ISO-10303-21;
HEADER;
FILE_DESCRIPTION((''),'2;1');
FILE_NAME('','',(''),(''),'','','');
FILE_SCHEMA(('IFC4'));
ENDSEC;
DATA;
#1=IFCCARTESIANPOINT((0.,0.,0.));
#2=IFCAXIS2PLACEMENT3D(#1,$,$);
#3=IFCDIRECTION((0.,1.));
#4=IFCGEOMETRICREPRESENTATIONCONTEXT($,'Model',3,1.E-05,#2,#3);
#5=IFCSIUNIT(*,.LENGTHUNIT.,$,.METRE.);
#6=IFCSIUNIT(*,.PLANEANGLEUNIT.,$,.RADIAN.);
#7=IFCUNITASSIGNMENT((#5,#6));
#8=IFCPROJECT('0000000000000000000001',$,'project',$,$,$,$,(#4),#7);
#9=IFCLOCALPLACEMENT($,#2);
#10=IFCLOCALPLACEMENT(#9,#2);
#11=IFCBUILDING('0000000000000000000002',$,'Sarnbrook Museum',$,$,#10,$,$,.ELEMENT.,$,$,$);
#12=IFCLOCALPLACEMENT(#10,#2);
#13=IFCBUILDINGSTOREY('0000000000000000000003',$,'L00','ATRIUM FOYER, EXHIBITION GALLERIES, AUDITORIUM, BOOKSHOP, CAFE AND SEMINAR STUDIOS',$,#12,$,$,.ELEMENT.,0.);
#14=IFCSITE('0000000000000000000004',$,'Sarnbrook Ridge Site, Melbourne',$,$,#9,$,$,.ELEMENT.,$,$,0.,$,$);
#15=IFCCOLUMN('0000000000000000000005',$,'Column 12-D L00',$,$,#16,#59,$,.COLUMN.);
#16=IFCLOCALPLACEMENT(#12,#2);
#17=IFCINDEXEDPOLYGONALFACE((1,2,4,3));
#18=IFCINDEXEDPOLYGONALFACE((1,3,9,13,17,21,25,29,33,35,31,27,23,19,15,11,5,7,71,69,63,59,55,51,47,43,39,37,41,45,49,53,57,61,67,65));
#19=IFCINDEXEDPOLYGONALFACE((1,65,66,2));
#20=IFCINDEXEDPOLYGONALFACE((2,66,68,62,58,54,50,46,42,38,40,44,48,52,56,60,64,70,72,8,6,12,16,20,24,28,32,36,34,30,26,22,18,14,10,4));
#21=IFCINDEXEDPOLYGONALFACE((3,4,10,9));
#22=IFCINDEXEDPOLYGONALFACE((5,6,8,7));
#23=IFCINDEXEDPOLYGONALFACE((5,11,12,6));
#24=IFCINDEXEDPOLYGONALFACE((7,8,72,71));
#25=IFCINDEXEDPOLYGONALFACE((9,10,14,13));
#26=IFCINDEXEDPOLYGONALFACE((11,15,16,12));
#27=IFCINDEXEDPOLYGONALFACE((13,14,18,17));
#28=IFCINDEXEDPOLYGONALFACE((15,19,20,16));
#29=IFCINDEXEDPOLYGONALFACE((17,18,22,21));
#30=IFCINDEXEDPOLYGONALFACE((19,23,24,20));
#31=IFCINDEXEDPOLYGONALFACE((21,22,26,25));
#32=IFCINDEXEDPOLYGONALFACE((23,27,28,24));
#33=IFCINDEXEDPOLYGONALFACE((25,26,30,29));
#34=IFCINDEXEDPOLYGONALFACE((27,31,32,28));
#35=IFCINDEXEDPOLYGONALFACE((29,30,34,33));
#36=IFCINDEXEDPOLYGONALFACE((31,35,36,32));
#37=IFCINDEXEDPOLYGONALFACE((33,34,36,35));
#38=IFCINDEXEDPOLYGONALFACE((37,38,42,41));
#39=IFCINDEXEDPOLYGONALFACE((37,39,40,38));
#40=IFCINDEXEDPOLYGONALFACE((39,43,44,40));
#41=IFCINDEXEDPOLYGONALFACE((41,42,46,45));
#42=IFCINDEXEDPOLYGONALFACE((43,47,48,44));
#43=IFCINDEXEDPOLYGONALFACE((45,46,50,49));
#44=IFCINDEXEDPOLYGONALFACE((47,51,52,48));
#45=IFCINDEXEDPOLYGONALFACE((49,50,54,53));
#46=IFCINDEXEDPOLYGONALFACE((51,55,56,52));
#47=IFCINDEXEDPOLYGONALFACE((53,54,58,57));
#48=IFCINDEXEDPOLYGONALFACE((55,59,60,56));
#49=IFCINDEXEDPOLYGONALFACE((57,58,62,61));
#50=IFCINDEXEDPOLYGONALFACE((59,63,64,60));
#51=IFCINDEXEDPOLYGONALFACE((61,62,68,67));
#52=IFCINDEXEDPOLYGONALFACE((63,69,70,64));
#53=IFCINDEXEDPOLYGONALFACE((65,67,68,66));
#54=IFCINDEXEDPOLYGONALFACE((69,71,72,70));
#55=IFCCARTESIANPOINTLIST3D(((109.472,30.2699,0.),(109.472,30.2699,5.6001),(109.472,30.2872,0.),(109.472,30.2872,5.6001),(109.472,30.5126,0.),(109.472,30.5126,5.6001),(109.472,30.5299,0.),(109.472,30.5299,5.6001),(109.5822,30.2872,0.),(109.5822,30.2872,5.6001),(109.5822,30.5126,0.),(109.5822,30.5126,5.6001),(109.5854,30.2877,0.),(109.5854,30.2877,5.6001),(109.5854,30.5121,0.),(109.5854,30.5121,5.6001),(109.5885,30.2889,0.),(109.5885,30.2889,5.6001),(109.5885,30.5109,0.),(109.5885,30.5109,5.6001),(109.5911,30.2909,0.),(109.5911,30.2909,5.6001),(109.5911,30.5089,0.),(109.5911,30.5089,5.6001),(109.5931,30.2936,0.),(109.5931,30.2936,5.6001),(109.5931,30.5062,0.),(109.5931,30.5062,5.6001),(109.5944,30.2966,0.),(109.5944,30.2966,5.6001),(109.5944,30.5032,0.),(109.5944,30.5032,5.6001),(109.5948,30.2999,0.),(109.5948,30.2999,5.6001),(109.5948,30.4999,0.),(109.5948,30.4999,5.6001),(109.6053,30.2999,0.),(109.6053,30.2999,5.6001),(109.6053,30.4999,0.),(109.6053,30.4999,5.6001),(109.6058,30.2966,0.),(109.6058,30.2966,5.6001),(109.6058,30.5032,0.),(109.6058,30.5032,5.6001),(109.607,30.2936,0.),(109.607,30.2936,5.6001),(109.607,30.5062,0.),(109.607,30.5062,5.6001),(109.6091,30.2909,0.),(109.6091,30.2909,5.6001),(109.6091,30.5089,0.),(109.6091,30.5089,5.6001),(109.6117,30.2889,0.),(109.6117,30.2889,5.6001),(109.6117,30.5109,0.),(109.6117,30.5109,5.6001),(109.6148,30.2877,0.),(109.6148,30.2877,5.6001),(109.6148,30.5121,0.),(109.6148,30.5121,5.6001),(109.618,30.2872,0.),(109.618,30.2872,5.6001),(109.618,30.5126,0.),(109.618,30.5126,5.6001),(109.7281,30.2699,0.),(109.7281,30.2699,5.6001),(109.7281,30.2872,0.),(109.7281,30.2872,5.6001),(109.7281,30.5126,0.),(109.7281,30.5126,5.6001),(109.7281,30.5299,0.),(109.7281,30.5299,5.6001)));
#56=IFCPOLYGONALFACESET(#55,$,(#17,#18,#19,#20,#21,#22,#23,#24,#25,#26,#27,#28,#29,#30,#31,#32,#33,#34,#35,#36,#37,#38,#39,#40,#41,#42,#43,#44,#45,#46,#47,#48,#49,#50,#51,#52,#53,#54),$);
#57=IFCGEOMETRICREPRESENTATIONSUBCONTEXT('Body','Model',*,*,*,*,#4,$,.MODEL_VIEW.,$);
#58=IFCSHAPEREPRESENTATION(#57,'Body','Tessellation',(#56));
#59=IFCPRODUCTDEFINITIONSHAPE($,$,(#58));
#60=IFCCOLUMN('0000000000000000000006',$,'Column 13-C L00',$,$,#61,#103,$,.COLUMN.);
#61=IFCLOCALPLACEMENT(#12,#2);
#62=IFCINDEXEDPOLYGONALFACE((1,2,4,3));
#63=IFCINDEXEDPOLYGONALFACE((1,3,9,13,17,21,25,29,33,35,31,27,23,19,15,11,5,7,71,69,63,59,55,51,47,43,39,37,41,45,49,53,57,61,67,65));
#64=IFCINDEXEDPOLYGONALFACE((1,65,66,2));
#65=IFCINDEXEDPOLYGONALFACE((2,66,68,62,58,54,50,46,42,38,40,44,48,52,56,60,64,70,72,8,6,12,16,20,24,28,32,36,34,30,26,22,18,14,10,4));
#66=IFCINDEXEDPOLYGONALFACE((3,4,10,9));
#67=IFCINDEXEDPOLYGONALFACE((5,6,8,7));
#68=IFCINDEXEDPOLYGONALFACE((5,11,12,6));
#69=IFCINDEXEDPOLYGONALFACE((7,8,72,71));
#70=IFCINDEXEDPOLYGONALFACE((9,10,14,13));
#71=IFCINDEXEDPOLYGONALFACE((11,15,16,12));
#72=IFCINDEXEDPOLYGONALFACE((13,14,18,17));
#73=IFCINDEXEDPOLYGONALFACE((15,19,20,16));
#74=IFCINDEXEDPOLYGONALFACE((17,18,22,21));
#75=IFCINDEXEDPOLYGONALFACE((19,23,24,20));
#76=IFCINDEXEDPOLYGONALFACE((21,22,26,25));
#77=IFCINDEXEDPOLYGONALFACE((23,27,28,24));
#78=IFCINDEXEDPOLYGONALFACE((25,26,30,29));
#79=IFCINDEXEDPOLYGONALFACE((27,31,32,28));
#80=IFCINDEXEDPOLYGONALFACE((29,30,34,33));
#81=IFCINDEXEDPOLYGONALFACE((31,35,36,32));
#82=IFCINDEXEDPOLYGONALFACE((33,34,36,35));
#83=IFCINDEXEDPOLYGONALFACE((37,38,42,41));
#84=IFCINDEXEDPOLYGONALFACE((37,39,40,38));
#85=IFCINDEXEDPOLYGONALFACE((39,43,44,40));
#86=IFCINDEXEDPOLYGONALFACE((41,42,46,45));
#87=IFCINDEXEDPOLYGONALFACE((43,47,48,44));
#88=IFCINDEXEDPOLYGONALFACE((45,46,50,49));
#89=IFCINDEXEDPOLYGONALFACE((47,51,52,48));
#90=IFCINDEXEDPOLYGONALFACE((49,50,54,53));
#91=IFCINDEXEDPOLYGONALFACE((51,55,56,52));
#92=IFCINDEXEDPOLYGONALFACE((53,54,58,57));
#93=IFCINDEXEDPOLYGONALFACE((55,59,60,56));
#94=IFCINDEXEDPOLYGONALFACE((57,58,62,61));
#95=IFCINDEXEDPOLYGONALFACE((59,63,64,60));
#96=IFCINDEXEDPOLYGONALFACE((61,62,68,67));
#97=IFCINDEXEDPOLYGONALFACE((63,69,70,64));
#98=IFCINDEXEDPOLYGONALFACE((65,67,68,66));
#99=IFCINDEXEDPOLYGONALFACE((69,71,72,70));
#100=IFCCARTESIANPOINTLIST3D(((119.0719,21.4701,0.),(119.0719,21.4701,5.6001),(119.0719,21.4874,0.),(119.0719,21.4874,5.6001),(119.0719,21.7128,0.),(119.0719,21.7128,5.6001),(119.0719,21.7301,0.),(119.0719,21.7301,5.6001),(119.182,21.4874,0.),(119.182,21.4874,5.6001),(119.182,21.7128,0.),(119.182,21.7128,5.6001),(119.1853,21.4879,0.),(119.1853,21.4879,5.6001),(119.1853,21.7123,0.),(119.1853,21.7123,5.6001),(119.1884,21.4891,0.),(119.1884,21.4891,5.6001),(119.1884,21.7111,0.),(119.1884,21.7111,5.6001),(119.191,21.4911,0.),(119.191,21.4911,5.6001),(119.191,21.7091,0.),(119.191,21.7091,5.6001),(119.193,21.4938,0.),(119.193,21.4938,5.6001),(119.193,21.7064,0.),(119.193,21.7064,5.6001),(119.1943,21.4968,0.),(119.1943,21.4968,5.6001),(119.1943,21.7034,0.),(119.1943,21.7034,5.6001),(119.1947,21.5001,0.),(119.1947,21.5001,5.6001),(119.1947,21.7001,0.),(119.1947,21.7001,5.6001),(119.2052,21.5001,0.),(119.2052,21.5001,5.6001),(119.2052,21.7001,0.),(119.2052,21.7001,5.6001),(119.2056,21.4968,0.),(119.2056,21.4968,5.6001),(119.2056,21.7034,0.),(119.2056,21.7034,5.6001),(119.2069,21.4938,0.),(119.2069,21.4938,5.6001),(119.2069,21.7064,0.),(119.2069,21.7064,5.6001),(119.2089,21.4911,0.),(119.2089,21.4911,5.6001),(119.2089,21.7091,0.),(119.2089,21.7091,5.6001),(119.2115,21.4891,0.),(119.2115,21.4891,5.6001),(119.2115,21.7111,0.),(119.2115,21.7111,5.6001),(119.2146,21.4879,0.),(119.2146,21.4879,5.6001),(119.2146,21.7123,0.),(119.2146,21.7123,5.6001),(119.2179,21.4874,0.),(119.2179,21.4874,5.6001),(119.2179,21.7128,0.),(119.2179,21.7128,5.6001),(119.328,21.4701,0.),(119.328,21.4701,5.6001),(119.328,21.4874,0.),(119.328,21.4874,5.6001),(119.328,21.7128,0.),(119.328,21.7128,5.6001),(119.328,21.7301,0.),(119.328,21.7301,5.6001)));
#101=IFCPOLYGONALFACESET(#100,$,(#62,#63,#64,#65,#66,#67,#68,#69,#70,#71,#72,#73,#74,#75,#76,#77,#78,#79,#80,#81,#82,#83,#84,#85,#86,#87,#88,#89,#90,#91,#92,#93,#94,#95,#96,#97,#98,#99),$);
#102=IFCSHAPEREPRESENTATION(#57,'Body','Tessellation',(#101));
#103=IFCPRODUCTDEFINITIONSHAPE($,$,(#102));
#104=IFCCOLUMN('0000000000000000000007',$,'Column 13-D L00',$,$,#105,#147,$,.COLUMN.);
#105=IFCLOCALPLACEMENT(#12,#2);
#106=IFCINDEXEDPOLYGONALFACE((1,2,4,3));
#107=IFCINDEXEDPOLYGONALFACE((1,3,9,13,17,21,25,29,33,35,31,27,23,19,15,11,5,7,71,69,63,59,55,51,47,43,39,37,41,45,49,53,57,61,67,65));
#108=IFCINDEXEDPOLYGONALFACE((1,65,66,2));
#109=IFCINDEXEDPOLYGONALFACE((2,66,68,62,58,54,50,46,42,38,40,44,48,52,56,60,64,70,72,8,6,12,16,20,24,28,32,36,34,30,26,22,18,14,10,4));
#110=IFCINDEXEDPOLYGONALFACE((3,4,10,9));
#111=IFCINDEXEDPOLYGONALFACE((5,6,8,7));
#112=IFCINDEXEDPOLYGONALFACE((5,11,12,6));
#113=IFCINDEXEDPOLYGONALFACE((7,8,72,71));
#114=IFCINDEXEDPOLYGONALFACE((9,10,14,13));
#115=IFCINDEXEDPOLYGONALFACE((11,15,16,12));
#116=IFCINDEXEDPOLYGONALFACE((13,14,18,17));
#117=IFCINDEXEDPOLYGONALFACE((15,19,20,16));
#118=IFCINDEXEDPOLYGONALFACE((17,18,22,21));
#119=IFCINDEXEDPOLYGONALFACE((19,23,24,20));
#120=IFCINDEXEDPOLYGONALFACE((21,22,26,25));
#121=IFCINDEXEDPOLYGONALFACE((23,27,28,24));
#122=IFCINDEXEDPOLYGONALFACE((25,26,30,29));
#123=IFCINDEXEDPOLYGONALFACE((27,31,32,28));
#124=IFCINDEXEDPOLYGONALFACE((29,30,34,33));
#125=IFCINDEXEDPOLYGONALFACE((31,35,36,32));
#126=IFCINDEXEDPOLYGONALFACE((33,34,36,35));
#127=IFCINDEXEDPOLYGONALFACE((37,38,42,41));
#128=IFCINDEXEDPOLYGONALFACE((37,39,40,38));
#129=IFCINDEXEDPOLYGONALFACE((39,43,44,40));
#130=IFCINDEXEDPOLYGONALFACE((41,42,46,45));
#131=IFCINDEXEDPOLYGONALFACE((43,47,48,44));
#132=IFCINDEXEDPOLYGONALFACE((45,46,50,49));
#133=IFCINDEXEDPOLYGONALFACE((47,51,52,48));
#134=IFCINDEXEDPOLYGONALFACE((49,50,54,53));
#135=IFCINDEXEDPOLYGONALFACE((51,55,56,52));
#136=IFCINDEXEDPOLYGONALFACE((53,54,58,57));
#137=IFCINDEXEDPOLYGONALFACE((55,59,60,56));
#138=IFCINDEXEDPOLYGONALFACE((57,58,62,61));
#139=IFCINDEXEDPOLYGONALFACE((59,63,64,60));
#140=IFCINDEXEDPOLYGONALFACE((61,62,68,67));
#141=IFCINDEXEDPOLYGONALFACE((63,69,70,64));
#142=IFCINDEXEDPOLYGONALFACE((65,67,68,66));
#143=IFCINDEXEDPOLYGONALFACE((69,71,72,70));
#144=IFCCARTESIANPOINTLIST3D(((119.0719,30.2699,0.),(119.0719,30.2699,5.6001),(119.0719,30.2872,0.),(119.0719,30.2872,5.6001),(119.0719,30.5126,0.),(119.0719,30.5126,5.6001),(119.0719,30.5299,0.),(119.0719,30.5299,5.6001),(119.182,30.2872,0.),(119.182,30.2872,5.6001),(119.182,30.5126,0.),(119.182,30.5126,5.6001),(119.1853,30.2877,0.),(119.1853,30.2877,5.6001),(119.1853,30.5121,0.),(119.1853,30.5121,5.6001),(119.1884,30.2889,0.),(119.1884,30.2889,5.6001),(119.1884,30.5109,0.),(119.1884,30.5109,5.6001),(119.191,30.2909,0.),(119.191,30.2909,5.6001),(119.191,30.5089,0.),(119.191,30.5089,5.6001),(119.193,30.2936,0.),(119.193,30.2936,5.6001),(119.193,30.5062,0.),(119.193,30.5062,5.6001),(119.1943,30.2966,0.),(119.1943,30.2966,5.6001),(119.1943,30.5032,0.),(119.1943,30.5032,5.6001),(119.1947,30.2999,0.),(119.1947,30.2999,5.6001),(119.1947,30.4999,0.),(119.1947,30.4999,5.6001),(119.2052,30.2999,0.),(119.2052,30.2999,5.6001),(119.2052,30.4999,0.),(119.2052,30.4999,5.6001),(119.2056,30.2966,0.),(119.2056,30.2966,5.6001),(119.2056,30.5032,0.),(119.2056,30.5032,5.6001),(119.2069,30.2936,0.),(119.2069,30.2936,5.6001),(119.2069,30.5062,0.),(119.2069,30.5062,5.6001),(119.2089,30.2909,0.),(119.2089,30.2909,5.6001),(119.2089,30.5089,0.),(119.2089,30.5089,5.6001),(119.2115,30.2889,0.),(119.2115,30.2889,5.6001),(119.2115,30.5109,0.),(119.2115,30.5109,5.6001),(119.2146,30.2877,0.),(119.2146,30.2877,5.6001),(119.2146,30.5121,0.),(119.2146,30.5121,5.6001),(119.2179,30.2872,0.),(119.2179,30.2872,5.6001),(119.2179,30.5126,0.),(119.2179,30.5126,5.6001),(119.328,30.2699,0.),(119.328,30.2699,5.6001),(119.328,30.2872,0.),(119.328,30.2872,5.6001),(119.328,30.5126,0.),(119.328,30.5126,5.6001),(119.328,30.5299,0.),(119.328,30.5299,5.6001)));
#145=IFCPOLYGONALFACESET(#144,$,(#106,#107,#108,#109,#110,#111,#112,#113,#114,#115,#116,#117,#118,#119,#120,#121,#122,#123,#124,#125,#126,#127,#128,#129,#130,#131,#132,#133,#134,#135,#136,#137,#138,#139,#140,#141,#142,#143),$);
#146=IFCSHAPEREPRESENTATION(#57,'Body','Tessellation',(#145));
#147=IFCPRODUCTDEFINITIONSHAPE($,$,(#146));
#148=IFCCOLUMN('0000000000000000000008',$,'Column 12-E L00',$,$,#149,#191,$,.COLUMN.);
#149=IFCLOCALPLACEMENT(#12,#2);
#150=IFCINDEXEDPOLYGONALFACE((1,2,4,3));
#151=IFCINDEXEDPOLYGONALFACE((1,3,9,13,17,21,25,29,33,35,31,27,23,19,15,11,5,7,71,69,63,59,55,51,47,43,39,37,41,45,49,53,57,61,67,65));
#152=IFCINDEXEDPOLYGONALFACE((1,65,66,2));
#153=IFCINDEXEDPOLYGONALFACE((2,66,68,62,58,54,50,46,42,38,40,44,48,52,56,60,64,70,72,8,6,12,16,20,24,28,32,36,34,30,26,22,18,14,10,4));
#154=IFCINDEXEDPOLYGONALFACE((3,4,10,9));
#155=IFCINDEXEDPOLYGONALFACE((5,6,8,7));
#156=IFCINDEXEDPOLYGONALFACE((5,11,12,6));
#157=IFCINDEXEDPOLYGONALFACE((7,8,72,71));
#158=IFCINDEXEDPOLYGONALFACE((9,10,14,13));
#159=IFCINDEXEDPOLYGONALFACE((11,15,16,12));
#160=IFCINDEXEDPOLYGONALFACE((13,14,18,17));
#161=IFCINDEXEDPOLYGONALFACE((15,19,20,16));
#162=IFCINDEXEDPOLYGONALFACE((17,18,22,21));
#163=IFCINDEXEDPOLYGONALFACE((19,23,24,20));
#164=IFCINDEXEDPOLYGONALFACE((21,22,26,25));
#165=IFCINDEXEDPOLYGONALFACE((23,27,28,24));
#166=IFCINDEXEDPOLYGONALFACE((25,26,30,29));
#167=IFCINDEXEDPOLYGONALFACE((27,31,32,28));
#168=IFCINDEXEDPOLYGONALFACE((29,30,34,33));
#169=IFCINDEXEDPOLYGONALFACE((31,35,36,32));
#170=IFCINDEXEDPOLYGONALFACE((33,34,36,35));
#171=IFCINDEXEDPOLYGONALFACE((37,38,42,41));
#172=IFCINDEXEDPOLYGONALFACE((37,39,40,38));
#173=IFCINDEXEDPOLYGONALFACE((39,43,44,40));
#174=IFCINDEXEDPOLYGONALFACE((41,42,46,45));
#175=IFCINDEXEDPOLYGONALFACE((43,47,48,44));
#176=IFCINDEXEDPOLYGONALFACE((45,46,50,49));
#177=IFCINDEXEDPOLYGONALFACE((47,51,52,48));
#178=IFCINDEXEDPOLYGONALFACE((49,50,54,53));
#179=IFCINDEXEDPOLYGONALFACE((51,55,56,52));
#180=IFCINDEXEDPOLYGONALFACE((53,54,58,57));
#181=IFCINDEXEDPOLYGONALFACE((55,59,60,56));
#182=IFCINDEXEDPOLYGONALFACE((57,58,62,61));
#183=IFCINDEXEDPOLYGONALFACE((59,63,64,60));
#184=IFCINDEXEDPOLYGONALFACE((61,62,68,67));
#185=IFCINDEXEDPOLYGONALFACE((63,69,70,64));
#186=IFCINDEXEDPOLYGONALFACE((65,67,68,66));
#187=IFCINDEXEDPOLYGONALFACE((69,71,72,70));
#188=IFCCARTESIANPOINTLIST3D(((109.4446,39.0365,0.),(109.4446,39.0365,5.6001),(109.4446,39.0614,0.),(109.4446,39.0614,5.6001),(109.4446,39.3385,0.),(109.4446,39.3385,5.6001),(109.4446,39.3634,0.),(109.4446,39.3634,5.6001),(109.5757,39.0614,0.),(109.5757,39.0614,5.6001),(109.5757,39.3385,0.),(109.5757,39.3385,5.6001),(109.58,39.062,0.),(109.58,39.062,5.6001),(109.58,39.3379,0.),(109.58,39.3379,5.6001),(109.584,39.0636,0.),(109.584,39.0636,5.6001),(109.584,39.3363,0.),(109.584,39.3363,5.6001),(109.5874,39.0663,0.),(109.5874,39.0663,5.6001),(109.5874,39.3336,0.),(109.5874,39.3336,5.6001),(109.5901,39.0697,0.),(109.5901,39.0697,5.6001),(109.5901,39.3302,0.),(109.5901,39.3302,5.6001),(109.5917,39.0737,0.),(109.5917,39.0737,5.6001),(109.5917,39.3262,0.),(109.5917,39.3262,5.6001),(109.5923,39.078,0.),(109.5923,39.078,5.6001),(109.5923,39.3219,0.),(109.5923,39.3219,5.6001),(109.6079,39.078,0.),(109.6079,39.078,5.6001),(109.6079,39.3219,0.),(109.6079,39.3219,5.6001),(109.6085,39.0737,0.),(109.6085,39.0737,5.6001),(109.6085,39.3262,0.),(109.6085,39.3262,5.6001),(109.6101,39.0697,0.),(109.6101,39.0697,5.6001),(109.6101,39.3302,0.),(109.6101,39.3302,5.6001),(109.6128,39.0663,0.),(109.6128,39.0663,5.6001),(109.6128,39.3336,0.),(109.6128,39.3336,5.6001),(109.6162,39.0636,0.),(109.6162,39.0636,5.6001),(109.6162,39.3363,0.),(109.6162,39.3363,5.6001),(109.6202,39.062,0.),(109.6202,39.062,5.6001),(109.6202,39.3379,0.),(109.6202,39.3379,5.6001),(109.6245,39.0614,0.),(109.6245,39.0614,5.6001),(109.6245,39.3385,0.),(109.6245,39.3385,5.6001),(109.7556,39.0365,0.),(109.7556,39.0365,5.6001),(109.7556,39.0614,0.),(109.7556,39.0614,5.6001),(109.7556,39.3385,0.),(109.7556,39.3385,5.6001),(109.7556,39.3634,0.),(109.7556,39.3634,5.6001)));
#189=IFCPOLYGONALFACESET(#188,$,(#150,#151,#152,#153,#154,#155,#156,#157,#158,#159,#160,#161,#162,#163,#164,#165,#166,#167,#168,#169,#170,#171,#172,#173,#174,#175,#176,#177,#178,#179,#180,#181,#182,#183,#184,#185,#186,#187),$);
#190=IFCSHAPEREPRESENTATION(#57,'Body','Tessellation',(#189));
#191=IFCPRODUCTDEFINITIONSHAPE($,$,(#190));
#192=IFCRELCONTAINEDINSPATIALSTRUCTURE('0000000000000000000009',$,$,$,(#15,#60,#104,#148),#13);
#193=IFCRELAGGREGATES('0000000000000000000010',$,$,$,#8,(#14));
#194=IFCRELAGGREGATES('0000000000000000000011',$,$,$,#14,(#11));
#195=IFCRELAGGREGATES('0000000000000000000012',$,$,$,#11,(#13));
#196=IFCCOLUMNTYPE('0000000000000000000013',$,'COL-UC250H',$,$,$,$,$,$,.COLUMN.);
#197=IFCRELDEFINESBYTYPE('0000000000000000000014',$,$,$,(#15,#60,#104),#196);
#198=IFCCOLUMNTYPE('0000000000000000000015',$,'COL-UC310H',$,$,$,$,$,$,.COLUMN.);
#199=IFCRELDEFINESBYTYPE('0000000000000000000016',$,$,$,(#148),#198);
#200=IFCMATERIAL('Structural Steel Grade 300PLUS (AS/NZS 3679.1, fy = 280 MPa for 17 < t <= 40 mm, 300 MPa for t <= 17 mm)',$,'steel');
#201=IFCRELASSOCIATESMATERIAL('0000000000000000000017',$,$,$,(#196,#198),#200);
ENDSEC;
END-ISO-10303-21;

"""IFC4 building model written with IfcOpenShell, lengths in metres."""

from ifc_helpers import new_model, si_unit, direction, frame, origin, origin_2d, place, context, subcontext, project, spatial, i_section, extrude, material, material_profile, profile_set, type_object, element, save


model = new_model("IFC4")

# Units and contexts
model_context = context("Model", 3, precision=1e-05, world=origin(), true_north=direction((0.0, 1.0)))
body_context = subcontext(model_context, "Body", "Model", "MODEL_VIEW")
ifc_project = project(units=[si_unit("LENGTHUNIT", "METRE"), si_unit("PLANEANGLEUNIT", "RADIAN")], contexts=[model_context])

# Site, building, storey
site_placement = place(None, origin())
site = spatial("IfcSite", under=ifc_project, at=site_placement, Name="Sarnbrook Ridge Site, Melbourne", CompositionType="ELEMENT", RefElevation=0.0)
building_placement = place(site_placement, origin())
building = spatial("IfcBuilding", under=site, at=building_placement, Name="Sarnbrook Museum", CompositionType="ELEMENT")
storey_placement = place(building_placement, origin())
storey = spatial("IfcBuildingStorey", under=building, at=storey_placement, Name="L00", Description="ATRIUM FOYER, EXHIBITION GALLERIES, AUDITORIUM, BOOKSHOP, CAFE AND SEMINAR STUDIOS", CompositionType="ELEMENT", Elevation=0.0)

# Columns
ifc_material_1 = material(Name="Structural Steel Grade 300PLUS (AS/NZS 3679.1, fy = 280 MPa for 17 < t <= 40 mm, 300 MPa for t <= 17 mm)", Category="steel")
ifc_material_profile_1 = material_profile(ifc_material_1, i_section(OverallWidth=0.2561, OverallDepth=0.26, WebThickness=0.0105, FlangeThickness=0.0173, FilletRadius=0.0127, at=origin_2d()), Name="250UC89.5")
ifc_profile_set_1 = profile_set([ifc_material_profile_1], Name="Structural Steel Grade 300PLUS (AS/NZS 3679.1, fy = 280 MPa for 17 < t <= 40 mm, 300 MPa for t <= 17 mm)")
column_type_1 = type_object("IfcColumnType", Name="COL-UC250H", PredefinedType="COLUMN", material=ifc_profile_set_1)
for number, where, z_axis, x_axis, name in (
    (1, (109.6001, 30.3999, 0.0), (0.0, 0.0, 1.0), (1.0, 0.0, 0.0), "Column 12-D L00"),
    (2, (119.2, 21.6001, 0.0), (0.0, 0.0, 1.0), (1.0, 0.0, 0.0), "Column 13-C L00"),
    (3, (119.2, 30.3999, 0.0), (0.0, 0.0, 1.0), (1.0, 0.0, 0.0), "Column 13-D L00"),
):
    element("IfcColumn", number, at=place(storey_placement, frame(where, z_axis=z_axis, x_axis=x_axis)), inside=storey, type_object=column_type_1, Name=name, PredefinedType="COLUMN", context=body_context, shape_type="SweptSolid", body=[
        extrude(i_section(OverallWidth=0.2561, OverallDepth=0.26, WebThickness=0.0105, FlangeThickness=0.0173, FilletRadius=0.0127, at=origin_2d()), origin(), (0.0, 0.0, 1.0), 5.6001),
    ])
ifc_material_profile_2 = material_profile(ifc_material_1, i_section(OverallWidth=0.311, OverallDepth=0.3269, WebThickness=0.0156, FlangeThickness=0.0249, FilletRadius=0.0166, at=origin_2d()), Name="310UC158")
ifc_profile_set_2 = profile_set([ifc_material_profile_2], Name="Structural Steel Grade 300PLUS (AS/NZS 3679.1, fy = 280 MPa for 17 < t <= 40 mm, 300 MPa for t <= 17 mm)")
column_type_2 = type_object("IfcColumnType", Name="COL-UC310H", PredefinedType="COLUMN", material=ifc_profile_set_2)
for number, where, z_axis, x_axis, name in (
    (4, (109.6001, 39.2, 0.0), (0.0, 0.0, 1.0), (1.0, 0.0, 0.0), "Column 12-E L00"),
):
    element("IfcColumn", number, at=place(storey_placement, frame(where, z_axis=z_axis, x_axis=x_axis)), inside=storey, type_object=column_type_2, Name=name, PredefinedType="COLUMN", context=body_context, shape_type="SweptSolid", body=[
        extrude(i_section(OverallWidth=0.311, OverallDepth=0.3269, WebThickness=0.0156, FlangeThickness=0.0249, FilletRadius=0.0166, at=origin_2d()), origin(), (0.0, 0.0, 1.0), 5.6001),
    ])

save(model, "model.ifc")
